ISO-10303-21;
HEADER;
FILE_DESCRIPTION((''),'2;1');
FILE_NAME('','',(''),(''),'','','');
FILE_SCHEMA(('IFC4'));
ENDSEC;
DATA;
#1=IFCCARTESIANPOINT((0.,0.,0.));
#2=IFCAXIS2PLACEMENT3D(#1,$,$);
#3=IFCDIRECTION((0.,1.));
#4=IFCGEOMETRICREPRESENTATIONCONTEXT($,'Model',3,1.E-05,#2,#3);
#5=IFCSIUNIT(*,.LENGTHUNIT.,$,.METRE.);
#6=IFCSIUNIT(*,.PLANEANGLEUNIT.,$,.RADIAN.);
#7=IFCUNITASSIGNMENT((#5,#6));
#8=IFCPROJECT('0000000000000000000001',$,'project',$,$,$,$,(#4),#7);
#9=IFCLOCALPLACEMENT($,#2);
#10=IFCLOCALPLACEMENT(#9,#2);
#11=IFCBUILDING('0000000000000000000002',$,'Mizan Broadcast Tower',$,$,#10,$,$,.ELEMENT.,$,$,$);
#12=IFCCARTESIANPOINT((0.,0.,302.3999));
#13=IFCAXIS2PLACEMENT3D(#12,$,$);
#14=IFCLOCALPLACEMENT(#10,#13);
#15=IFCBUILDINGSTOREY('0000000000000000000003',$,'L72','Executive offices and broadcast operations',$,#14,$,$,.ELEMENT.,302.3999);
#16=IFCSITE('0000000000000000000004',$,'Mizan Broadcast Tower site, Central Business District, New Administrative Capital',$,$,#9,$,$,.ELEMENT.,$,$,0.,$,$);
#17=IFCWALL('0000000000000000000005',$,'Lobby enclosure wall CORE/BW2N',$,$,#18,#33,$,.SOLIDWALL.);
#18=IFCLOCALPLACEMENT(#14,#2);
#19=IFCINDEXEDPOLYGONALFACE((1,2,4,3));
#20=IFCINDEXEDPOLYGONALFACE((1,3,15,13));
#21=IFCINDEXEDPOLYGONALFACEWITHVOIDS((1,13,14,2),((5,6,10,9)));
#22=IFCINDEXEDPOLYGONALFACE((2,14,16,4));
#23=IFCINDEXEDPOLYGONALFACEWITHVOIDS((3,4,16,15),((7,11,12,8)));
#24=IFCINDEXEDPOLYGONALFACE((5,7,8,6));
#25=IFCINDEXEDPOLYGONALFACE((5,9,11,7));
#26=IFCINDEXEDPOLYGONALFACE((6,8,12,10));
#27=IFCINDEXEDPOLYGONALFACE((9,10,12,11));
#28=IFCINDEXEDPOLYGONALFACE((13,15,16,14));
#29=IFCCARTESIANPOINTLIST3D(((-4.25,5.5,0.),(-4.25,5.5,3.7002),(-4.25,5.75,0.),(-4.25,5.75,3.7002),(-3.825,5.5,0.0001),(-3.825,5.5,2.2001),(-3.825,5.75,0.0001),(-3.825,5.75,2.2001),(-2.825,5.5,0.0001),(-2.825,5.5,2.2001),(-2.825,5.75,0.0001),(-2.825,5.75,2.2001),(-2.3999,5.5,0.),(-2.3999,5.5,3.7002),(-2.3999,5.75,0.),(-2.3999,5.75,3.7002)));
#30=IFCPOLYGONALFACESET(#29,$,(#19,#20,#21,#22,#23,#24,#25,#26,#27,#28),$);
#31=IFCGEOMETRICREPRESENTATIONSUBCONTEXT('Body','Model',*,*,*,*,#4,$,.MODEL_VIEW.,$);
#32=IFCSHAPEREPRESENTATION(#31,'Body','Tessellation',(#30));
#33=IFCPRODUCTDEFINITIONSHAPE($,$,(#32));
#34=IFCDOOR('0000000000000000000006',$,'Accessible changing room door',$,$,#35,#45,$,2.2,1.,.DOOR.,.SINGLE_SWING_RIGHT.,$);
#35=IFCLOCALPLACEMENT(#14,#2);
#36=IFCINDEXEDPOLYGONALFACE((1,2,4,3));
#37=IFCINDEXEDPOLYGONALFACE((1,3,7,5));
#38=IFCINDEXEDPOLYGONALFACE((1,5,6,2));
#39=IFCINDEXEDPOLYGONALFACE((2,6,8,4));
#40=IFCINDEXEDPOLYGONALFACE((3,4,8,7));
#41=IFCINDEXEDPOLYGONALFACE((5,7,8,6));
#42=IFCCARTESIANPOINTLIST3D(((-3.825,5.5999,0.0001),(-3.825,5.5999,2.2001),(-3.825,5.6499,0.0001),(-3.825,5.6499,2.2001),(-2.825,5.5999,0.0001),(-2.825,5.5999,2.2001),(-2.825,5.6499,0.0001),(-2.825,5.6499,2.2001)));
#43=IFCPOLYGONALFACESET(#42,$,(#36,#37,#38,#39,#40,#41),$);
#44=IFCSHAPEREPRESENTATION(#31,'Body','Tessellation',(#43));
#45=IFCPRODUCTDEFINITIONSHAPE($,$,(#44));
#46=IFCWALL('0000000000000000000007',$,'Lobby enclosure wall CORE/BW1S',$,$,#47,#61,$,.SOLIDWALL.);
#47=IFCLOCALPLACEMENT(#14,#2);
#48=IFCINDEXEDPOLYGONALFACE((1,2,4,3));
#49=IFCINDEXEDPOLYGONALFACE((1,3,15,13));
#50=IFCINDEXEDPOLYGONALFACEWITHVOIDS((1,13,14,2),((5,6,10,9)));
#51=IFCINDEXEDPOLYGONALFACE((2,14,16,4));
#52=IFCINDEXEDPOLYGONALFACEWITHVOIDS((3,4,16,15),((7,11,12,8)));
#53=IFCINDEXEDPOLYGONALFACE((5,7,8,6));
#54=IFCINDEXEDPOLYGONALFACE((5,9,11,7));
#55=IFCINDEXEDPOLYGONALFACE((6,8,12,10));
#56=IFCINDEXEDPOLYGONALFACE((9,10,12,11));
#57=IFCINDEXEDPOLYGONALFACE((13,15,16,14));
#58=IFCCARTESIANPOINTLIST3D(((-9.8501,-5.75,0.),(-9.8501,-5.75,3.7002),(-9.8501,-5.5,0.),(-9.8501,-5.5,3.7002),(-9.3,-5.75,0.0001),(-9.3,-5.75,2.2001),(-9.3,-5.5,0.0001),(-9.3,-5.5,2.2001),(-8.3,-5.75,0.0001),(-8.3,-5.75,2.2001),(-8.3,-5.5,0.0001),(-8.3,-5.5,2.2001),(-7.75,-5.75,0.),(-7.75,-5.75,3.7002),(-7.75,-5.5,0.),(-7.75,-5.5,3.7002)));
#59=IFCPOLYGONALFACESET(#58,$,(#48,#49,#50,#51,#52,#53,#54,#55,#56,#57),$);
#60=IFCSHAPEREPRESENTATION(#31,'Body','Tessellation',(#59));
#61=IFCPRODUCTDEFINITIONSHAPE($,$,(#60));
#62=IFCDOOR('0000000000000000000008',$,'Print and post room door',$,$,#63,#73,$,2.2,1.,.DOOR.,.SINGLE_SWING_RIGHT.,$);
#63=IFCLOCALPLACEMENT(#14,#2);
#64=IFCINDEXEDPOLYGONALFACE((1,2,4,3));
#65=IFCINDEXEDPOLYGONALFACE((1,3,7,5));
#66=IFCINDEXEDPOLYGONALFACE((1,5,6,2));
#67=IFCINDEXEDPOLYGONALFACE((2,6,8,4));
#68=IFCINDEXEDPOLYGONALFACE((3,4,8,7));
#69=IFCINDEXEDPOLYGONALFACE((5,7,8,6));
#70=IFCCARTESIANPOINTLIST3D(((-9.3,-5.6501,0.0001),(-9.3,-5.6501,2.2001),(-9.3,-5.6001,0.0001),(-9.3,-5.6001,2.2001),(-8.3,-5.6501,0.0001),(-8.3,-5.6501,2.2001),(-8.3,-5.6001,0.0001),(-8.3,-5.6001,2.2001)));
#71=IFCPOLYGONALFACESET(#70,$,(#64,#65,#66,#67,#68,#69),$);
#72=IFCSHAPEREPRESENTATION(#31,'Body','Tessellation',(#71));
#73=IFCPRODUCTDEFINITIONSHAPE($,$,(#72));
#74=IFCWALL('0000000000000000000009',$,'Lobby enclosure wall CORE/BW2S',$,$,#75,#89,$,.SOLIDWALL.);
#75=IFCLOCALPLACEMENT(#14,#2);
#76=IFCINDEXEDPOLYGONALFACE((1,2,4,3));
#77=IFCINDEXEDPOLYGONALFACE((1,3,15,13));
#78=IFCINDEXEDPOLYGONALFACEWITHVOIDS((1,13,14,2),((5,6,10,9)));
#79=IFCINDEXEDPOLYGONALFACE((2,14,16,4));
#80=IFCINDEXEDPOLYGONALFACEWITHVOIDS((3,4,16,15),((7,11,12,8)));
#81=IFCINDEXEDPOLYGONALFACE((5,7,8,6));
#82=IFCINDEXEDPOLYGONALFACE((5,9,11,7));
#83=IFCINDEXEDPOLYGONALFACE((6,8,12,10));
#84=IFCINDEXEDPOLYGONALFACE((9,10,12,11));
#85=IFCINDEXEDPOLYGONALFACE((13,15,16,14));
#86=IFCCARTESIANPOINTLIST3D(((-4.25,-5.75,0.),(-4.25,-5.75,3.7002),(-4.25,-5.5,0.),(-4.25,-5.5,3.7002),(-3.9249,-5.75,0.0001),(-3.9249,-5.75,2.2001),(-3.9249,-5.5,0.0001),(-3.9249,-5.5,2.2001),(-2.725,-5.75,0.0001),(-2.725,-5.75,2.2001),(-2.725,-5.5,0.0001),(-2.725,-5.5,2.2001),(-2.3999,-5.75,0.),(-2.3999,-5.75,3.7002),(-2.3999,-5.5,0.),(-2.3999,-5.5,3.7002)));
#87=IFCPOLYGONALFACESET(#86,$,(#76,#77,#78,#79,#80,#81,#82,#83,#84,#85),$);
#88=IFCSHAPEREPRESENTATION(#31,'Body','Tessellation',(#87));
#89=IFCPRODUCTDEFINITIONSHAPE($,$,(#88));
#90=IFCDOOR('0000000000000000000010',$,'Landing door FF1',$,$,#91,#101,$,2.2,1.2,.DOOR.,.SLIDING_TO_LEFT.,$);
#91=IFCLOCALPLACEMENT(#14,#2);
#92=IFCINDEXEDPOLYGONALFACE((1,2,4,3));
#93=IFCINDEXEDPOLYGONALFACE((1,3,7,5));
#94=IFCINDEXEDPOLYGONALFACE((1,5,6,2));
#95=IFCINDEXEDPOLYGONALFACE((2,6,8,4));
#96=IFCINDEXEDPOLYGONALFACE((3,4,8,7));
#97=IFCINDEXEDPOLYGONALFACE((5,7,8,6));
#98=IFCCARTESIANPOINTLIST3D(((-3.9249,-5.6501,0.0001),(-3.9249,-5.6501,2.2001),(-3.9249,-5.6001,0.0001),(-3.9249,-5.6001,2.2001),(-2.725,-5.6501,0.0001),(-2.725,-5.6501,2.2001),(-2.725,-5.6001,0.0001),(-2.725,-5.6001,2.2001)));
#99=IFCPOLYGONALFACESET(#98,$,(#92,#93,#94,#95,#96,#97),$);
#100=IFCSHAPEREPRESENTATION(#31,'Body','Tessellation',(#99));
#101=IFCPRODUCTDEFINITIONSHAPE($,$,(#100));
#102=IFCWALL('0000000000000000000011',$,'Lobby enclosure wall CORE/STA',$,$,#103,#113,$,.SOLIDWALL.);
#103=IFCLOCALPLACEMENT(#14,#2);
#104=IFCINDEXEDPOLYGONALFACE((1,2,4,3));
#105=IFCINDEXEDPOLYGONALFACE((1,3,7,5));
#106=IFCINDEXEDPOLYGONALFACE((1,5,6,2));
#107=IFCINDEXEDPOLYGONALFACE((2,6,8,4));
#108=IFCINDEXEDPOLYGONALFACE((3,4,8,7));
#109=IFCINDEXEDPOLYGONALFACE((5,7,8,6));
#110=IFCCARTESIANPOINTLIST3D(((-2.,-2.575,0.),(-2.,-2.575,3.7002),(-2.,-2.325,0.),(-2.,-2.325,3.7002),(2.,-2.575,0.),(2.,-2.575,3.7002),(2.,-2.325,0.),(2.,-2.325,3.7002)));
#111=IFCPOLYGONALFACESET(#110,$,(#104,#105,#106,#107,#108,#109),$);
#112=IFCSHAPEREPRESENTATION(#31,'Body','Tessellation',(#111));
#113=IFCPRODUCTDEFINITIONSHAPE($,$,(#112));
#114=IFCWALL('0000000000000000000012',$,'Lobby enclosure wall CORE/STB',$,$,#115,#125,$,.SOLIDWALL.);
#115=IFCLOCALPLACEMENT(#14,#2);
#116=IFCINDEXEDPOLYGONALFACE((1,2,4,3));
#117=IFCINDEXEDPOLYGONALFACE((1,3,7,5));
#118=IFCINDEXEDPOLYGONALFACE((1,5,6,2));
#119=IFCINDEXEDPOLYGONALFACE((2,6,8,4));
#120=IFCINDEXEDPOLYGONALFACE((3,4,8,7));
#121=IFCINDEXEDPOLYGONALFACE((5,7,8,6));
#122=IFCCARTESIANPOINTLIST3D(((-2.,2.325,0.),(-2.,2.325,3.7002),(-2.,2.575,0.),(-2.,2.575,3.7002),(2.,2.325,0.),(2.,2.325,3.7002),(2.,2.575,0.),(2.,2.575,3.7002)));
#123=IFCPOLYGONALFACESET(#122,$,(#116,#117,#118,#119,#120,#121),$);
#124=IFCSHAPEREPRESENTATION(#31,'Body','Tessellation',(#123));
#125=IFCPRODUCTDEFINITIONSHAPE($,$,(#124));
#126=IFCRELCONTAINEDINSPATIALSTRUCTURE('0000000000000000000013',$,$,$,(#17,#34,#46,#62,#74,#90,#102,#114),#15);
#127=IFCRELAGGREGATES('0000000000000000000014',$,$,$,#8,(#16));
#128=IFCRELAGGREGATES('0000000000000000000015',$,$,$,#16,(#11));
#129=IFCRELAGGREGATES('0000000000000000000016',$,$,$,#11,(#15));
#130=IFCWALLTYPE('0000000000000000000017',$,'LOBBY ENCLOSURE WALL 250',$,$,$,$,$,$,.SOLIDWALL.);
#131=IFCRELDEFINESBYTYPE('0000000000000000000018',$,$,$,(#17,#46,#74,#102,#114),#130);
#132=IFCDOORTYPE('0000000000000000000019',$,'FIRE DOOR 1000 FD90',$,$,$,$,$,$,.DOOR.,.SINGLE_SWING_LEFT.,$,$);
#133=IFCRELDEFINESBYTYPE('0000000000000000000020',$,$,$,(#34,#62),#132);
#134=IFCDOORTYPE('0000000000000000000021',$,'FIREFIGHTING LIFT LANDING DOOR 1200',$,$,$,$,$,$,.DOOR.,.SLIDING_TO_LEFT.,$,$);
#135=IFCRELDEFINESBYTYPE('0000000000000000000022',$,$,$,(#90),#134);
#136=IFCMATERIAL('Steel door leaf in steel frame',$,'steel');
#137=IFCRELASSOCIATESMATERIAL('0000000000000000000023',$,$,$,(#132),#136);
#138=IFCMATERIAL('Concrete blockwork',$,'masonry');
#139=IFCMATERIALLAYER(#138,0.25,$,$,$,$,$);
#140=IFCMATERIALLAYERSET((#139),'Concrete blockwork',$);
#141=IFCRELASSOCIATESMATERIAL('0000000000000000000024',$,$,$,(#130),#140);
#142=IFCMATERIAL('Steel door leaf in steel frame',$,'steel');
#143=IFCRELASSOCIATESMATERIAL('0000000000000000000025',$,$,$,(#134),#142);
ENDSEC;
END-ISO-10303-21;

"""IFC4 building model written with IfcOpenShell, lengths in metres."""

from ifc_helpers import new_model, si_unit, direction, frame, frame_2d, origin, place, context, subcontext, project, spatial, rectangle, extrude, material, layer, layer_set, type_object, element, fill, save


model = new_model("IFC4")

# Units and contexts
model_context = context("Model", 3, precision=1e-05, world=origin(), true_north=direction((0.0, 1.0)))
body_context = subcontext(model_context, "Body", "Model", "MODEL_VIEW")
ifc_project = project(units=[si_unit("LENGTHUNIT", "METRE"), si_unit("PLANEANGLEUNIT", "RADIAN")], contexts=[model_context])

# Site, building, storey
site_placement = place(None, origin())
site = spatial("IfcSite", under=ifc_project, at=site_placement, Name="Mizan Broadcast Tower site, Central Business District, New Administrative Capital", CompositionType="ELEMENT", RefElevation=0.0)
building_placement = place(site_placement, origin())
building = spatial("IfcBuilding", under=site, at=building_placement, Name="Mizan Broadcast Tower", CompositionType="ELEMENT")
storey_placement = place(building_placement, frame((0.0, 0.0, 302.3999)))
storey = spatial("IfcBuildingStorey", under=building, at=storey_placement, Name="L72", Description="Executive offices and broadcast operations", CompositionType="ELEMENT", Elevation=302.3999)

# Shared definitions
ifc_material_1 = material(Name="Steel door leaf in steel frame", Category="steel")
door_type_1 = type_object("IfcDoorType", Name="FIRE DOOR 1000 FD90", OperationType="SINGLE_SWING_LEFT", PredefinedType="DOOR", material=ifc_material_1)

# Shared definitions
ifc_material_2 = material(Name="Concrete blockwork", Category="masonry")
ifc_layer_1 = layer(ifc_material_2, 0.25)
ifc_layer_set_1 = layer_set([ifc_layer_1], Name="Concrete blockwork")
wall_type_1 = type_object("IfcWallType", Name="LOBBY ENCLOSURE WALL 250", PredefinedType="SOLIDWALL", material=ifc_layer_set_1)

# Walls, openings, doors
wall_1_placement = place(storey_placement, frame((-4.25, 5.625, 0.0), z_axis=(0.0, 0.0, 1.0), x_axis=(1.0, 0.0, 0.0)))
wall_1 = element("IfcWall", 1, at=wall_1_placement, inside=storey, type_object=wall_type_1, Name="Lobby enclosure wall CORE/BW2N", PredefinedType="SOLIDWALL", context=body_context, shape_type="SweptSolid", body=[
    extrude(rectangle(XDim=1.8501, YDim=0.25, at=frame_2d((0.925, 0.0))), origin(), (0.0, 0.0, 1.0), 3.7002),
])
opening_1_placement = place(wall_1_placement, frame((0.425, 0.0, 0.0)))
opening_1 = element("IfcOpeningElement", 2, at=opening_1_placement, cuts=wall_1, PredefinedType="OPENING", context=body_context, shape_type="SweptSolid", body=[
    extrude(rectangle(XDim=1.0, YDim=2.2, at=frame_2d((0.5, 1.1001))), frame((0.0, 0.135, 0.0), z_axis=(0.0, -1.0, 0.0), x_axis=(1.0, 0.0, 0.0)), (0.0, 0.0, 1.0), 0.27),
])
door_1_placement = place(opening_1_placement, origin())
door_1 = element("IfcDoor", 3, at=door_1_placement, inside=storey, type_object=door_type_1, Name="Accessible changing room door", OperationType="SINGLE_SWING_RIGHT", OverallHeight=2.2, OverallWidth=1.0, PredefinedType="DOOR", context=body_context, shape_type="SweptSolid", body=[
    extrude(rectangle(XDim=1.0, YDim=2.2, at=frame_2d((0.5, 1.1001))), frame((0.0, 0.0249, 0.0), z_axis=(0.0, -1.0, 0.0), x_axis=(1.0, 0.0, 0.0)), (0.0, 0.0, 1.0), 0.05),
])
fill(opening_1, door_1)
wall_2_placement = place(storey_placement, frame((-9.8501, -5.625, 0.0), z_axis=(0.0, 0.0, 1.0), x_axis=(1.0, 0.0, 0.0)))
wall_2 = element("IfcWall", 4, at=wall_2_placement, inside=storey, type_object=wall_type_1, Name="Lobby enclosure wall CORE/BW1S", PredefinedType="SOLIDWALL", context=body_context, shape_type="SweptSolid", body=[
    extrude(rectangle(XDim=2.1001, YDim=0.25, at=frame_2d((1.05, 0.0))), origin(), (0.0, 0.0, 1.0), 3.7002),
])
opening_2_placement = place(wall_2_placement, frame((0.55, 0.0, 0.0)))
opening_2 = element("IfcOpeningElement", 5, at=opening_2_placement, cuts=wall_2, PredefinedType="OPENING", context=body_context, shape_type="SweptSolid", body=[
    extrude(rectangle(XDim=1.0, YDim=2.2, at=frame_2d((0.5, 1.1001))), frame((0.0, 0.135, 0.0), z_axis=(0.0, -1.0, 0.0), x_axis=(1.0, 0.0, 0.0)), (0.0, 0.0, 1.0), 0.27),
])
door_2_placement = place(opening_2_placement, origin())
door_2 = element("IfcDoor", 6, at=door_2_placement, inside=storey, type_object=door_type_1, Name="Print and post room door", OperationType="SINGLE_SWING_RIGHT", OverallHeight=2.2, OverallWidth=1.0, PredefinedType="DOOR", context=body_context, shape_type="SweptSolid", body=[
    extrude(rectangle(XDim=1.0, YDim=2.2, at=frame_2d((0.5, 1.1001))), frame((0.0, 0.0249, 0.0), z_axis=(0.0, -1.0, 0.0), x_axis=(1.0, 0.0, 0.0)), (0.0, 0.0, 1.0), 0.05),
])
fill(opening_2, door_2)
wall_3_placement = place(storey_placement, frame((-4.25, -5.625, 0.0), z_axis=(0.0, 0.0, 1.0), x_axis=(1.0, 0.0, 0.0)))
wall_3 = element("IfcWall", 7, at=wall_3_placement, inside=storey, type_object=wall_type_1, Name="Lobby enclosure wall CORE/BW2S", PredefinedType="SOLIDWALL", context=body_context, shape_type="SweptSolid", body=[
    extrude(rectangle(XDim=1.8501, YDim=0.25, at=frame_2d((0.925, 0.0))), origin(), (0.0, 0.0, 1.0), 3.7002),
])
opening_3_placement = place(wall_3_placement, frame((0.325, 0.0, 0.0)))
opening_3 = element("IfcOpeningElement", 8, at=opening_3_placement, cuts=wall_3, PredefinedType="OPENING", context=body_context, shape_type="SweptSolid", body=[
    extrude(rectangle(XDim=1.2, YDim=2.2, at=frame_2d((0.6001, 1.1001))), frame((0.0, 0.135, 0.0), z_axis=(0.0, -1.0, 0.0), x_axis=(1.0, 0.0, 0.0)), (0.0, 0.0, 1.0), 0.27),
])
ifc_material_3 = material(Name="Steel door leaf in steel frame", Category="steel")
door_type_2 = type_object("IfcDoorType", Name="FIREFIGHTING LIFT LANDING DOOR 1200", OperationType="SLIDING_TO_LEFT", PredefinedType="DOOR", material=ifc_material_3)
door_3_placement = place(opening_3_placement, origin())
door_3 = element("IfcDoor", 9, at=door_3_placement, inside=storey, type_object=door_type_2, Name="Landing door FF1", OperationType="SLIDING_TO_LEFT", OverallHeight=2.2, OverallWidth=1.2, PredefinedType="DOOR", context=body_context, shape_type="SweptSolid", body=[
    extrude(rectangle(XDim=1.2, YDim=2.2, at=frame_2d((0.6001, 1.1001))), frame((0.0, 0.0249, 0.0), z_axis=(0.0, -1.0, 0.0), x_axis=(1.0, 0.0, 0.0)), (0.0, 0.0, 1.0), 0.05),
])
fill(opening_3, door_3)

# Walls
for number, where, z_axis, x_axis, name in (
    (10, (-2.0, -2.45, 0.0), (0.0, 0.0, 1.0), (1.0, 0.0, 0.0), "Lobby enclosure wall CORE/STA"),
    (11, (-2.0, 2.45, 0.0), (0.0, 0.0, 1.0), (1.0, 0.0, 0.0), "Lobby enclosure wall CORE/STB"),
):
    element("IfcWall", number, at=place(storey_placement, frame(where, z_axis=z_axis, x_axis=x_axis)), inside=storey, type_object=wall_type_1, Name=name, PredefinedType="SOLIDWALL", context=body_context, shape_type="SweptSolid", body=[
        extrude(rectangle(XDim=4.0, YDim=0.25, at=frame_2d((2.0, 0.0))), origin(), (0.0, 0.0, 1.0), 3.7002),
    ])

save(model, "model.ifc")
